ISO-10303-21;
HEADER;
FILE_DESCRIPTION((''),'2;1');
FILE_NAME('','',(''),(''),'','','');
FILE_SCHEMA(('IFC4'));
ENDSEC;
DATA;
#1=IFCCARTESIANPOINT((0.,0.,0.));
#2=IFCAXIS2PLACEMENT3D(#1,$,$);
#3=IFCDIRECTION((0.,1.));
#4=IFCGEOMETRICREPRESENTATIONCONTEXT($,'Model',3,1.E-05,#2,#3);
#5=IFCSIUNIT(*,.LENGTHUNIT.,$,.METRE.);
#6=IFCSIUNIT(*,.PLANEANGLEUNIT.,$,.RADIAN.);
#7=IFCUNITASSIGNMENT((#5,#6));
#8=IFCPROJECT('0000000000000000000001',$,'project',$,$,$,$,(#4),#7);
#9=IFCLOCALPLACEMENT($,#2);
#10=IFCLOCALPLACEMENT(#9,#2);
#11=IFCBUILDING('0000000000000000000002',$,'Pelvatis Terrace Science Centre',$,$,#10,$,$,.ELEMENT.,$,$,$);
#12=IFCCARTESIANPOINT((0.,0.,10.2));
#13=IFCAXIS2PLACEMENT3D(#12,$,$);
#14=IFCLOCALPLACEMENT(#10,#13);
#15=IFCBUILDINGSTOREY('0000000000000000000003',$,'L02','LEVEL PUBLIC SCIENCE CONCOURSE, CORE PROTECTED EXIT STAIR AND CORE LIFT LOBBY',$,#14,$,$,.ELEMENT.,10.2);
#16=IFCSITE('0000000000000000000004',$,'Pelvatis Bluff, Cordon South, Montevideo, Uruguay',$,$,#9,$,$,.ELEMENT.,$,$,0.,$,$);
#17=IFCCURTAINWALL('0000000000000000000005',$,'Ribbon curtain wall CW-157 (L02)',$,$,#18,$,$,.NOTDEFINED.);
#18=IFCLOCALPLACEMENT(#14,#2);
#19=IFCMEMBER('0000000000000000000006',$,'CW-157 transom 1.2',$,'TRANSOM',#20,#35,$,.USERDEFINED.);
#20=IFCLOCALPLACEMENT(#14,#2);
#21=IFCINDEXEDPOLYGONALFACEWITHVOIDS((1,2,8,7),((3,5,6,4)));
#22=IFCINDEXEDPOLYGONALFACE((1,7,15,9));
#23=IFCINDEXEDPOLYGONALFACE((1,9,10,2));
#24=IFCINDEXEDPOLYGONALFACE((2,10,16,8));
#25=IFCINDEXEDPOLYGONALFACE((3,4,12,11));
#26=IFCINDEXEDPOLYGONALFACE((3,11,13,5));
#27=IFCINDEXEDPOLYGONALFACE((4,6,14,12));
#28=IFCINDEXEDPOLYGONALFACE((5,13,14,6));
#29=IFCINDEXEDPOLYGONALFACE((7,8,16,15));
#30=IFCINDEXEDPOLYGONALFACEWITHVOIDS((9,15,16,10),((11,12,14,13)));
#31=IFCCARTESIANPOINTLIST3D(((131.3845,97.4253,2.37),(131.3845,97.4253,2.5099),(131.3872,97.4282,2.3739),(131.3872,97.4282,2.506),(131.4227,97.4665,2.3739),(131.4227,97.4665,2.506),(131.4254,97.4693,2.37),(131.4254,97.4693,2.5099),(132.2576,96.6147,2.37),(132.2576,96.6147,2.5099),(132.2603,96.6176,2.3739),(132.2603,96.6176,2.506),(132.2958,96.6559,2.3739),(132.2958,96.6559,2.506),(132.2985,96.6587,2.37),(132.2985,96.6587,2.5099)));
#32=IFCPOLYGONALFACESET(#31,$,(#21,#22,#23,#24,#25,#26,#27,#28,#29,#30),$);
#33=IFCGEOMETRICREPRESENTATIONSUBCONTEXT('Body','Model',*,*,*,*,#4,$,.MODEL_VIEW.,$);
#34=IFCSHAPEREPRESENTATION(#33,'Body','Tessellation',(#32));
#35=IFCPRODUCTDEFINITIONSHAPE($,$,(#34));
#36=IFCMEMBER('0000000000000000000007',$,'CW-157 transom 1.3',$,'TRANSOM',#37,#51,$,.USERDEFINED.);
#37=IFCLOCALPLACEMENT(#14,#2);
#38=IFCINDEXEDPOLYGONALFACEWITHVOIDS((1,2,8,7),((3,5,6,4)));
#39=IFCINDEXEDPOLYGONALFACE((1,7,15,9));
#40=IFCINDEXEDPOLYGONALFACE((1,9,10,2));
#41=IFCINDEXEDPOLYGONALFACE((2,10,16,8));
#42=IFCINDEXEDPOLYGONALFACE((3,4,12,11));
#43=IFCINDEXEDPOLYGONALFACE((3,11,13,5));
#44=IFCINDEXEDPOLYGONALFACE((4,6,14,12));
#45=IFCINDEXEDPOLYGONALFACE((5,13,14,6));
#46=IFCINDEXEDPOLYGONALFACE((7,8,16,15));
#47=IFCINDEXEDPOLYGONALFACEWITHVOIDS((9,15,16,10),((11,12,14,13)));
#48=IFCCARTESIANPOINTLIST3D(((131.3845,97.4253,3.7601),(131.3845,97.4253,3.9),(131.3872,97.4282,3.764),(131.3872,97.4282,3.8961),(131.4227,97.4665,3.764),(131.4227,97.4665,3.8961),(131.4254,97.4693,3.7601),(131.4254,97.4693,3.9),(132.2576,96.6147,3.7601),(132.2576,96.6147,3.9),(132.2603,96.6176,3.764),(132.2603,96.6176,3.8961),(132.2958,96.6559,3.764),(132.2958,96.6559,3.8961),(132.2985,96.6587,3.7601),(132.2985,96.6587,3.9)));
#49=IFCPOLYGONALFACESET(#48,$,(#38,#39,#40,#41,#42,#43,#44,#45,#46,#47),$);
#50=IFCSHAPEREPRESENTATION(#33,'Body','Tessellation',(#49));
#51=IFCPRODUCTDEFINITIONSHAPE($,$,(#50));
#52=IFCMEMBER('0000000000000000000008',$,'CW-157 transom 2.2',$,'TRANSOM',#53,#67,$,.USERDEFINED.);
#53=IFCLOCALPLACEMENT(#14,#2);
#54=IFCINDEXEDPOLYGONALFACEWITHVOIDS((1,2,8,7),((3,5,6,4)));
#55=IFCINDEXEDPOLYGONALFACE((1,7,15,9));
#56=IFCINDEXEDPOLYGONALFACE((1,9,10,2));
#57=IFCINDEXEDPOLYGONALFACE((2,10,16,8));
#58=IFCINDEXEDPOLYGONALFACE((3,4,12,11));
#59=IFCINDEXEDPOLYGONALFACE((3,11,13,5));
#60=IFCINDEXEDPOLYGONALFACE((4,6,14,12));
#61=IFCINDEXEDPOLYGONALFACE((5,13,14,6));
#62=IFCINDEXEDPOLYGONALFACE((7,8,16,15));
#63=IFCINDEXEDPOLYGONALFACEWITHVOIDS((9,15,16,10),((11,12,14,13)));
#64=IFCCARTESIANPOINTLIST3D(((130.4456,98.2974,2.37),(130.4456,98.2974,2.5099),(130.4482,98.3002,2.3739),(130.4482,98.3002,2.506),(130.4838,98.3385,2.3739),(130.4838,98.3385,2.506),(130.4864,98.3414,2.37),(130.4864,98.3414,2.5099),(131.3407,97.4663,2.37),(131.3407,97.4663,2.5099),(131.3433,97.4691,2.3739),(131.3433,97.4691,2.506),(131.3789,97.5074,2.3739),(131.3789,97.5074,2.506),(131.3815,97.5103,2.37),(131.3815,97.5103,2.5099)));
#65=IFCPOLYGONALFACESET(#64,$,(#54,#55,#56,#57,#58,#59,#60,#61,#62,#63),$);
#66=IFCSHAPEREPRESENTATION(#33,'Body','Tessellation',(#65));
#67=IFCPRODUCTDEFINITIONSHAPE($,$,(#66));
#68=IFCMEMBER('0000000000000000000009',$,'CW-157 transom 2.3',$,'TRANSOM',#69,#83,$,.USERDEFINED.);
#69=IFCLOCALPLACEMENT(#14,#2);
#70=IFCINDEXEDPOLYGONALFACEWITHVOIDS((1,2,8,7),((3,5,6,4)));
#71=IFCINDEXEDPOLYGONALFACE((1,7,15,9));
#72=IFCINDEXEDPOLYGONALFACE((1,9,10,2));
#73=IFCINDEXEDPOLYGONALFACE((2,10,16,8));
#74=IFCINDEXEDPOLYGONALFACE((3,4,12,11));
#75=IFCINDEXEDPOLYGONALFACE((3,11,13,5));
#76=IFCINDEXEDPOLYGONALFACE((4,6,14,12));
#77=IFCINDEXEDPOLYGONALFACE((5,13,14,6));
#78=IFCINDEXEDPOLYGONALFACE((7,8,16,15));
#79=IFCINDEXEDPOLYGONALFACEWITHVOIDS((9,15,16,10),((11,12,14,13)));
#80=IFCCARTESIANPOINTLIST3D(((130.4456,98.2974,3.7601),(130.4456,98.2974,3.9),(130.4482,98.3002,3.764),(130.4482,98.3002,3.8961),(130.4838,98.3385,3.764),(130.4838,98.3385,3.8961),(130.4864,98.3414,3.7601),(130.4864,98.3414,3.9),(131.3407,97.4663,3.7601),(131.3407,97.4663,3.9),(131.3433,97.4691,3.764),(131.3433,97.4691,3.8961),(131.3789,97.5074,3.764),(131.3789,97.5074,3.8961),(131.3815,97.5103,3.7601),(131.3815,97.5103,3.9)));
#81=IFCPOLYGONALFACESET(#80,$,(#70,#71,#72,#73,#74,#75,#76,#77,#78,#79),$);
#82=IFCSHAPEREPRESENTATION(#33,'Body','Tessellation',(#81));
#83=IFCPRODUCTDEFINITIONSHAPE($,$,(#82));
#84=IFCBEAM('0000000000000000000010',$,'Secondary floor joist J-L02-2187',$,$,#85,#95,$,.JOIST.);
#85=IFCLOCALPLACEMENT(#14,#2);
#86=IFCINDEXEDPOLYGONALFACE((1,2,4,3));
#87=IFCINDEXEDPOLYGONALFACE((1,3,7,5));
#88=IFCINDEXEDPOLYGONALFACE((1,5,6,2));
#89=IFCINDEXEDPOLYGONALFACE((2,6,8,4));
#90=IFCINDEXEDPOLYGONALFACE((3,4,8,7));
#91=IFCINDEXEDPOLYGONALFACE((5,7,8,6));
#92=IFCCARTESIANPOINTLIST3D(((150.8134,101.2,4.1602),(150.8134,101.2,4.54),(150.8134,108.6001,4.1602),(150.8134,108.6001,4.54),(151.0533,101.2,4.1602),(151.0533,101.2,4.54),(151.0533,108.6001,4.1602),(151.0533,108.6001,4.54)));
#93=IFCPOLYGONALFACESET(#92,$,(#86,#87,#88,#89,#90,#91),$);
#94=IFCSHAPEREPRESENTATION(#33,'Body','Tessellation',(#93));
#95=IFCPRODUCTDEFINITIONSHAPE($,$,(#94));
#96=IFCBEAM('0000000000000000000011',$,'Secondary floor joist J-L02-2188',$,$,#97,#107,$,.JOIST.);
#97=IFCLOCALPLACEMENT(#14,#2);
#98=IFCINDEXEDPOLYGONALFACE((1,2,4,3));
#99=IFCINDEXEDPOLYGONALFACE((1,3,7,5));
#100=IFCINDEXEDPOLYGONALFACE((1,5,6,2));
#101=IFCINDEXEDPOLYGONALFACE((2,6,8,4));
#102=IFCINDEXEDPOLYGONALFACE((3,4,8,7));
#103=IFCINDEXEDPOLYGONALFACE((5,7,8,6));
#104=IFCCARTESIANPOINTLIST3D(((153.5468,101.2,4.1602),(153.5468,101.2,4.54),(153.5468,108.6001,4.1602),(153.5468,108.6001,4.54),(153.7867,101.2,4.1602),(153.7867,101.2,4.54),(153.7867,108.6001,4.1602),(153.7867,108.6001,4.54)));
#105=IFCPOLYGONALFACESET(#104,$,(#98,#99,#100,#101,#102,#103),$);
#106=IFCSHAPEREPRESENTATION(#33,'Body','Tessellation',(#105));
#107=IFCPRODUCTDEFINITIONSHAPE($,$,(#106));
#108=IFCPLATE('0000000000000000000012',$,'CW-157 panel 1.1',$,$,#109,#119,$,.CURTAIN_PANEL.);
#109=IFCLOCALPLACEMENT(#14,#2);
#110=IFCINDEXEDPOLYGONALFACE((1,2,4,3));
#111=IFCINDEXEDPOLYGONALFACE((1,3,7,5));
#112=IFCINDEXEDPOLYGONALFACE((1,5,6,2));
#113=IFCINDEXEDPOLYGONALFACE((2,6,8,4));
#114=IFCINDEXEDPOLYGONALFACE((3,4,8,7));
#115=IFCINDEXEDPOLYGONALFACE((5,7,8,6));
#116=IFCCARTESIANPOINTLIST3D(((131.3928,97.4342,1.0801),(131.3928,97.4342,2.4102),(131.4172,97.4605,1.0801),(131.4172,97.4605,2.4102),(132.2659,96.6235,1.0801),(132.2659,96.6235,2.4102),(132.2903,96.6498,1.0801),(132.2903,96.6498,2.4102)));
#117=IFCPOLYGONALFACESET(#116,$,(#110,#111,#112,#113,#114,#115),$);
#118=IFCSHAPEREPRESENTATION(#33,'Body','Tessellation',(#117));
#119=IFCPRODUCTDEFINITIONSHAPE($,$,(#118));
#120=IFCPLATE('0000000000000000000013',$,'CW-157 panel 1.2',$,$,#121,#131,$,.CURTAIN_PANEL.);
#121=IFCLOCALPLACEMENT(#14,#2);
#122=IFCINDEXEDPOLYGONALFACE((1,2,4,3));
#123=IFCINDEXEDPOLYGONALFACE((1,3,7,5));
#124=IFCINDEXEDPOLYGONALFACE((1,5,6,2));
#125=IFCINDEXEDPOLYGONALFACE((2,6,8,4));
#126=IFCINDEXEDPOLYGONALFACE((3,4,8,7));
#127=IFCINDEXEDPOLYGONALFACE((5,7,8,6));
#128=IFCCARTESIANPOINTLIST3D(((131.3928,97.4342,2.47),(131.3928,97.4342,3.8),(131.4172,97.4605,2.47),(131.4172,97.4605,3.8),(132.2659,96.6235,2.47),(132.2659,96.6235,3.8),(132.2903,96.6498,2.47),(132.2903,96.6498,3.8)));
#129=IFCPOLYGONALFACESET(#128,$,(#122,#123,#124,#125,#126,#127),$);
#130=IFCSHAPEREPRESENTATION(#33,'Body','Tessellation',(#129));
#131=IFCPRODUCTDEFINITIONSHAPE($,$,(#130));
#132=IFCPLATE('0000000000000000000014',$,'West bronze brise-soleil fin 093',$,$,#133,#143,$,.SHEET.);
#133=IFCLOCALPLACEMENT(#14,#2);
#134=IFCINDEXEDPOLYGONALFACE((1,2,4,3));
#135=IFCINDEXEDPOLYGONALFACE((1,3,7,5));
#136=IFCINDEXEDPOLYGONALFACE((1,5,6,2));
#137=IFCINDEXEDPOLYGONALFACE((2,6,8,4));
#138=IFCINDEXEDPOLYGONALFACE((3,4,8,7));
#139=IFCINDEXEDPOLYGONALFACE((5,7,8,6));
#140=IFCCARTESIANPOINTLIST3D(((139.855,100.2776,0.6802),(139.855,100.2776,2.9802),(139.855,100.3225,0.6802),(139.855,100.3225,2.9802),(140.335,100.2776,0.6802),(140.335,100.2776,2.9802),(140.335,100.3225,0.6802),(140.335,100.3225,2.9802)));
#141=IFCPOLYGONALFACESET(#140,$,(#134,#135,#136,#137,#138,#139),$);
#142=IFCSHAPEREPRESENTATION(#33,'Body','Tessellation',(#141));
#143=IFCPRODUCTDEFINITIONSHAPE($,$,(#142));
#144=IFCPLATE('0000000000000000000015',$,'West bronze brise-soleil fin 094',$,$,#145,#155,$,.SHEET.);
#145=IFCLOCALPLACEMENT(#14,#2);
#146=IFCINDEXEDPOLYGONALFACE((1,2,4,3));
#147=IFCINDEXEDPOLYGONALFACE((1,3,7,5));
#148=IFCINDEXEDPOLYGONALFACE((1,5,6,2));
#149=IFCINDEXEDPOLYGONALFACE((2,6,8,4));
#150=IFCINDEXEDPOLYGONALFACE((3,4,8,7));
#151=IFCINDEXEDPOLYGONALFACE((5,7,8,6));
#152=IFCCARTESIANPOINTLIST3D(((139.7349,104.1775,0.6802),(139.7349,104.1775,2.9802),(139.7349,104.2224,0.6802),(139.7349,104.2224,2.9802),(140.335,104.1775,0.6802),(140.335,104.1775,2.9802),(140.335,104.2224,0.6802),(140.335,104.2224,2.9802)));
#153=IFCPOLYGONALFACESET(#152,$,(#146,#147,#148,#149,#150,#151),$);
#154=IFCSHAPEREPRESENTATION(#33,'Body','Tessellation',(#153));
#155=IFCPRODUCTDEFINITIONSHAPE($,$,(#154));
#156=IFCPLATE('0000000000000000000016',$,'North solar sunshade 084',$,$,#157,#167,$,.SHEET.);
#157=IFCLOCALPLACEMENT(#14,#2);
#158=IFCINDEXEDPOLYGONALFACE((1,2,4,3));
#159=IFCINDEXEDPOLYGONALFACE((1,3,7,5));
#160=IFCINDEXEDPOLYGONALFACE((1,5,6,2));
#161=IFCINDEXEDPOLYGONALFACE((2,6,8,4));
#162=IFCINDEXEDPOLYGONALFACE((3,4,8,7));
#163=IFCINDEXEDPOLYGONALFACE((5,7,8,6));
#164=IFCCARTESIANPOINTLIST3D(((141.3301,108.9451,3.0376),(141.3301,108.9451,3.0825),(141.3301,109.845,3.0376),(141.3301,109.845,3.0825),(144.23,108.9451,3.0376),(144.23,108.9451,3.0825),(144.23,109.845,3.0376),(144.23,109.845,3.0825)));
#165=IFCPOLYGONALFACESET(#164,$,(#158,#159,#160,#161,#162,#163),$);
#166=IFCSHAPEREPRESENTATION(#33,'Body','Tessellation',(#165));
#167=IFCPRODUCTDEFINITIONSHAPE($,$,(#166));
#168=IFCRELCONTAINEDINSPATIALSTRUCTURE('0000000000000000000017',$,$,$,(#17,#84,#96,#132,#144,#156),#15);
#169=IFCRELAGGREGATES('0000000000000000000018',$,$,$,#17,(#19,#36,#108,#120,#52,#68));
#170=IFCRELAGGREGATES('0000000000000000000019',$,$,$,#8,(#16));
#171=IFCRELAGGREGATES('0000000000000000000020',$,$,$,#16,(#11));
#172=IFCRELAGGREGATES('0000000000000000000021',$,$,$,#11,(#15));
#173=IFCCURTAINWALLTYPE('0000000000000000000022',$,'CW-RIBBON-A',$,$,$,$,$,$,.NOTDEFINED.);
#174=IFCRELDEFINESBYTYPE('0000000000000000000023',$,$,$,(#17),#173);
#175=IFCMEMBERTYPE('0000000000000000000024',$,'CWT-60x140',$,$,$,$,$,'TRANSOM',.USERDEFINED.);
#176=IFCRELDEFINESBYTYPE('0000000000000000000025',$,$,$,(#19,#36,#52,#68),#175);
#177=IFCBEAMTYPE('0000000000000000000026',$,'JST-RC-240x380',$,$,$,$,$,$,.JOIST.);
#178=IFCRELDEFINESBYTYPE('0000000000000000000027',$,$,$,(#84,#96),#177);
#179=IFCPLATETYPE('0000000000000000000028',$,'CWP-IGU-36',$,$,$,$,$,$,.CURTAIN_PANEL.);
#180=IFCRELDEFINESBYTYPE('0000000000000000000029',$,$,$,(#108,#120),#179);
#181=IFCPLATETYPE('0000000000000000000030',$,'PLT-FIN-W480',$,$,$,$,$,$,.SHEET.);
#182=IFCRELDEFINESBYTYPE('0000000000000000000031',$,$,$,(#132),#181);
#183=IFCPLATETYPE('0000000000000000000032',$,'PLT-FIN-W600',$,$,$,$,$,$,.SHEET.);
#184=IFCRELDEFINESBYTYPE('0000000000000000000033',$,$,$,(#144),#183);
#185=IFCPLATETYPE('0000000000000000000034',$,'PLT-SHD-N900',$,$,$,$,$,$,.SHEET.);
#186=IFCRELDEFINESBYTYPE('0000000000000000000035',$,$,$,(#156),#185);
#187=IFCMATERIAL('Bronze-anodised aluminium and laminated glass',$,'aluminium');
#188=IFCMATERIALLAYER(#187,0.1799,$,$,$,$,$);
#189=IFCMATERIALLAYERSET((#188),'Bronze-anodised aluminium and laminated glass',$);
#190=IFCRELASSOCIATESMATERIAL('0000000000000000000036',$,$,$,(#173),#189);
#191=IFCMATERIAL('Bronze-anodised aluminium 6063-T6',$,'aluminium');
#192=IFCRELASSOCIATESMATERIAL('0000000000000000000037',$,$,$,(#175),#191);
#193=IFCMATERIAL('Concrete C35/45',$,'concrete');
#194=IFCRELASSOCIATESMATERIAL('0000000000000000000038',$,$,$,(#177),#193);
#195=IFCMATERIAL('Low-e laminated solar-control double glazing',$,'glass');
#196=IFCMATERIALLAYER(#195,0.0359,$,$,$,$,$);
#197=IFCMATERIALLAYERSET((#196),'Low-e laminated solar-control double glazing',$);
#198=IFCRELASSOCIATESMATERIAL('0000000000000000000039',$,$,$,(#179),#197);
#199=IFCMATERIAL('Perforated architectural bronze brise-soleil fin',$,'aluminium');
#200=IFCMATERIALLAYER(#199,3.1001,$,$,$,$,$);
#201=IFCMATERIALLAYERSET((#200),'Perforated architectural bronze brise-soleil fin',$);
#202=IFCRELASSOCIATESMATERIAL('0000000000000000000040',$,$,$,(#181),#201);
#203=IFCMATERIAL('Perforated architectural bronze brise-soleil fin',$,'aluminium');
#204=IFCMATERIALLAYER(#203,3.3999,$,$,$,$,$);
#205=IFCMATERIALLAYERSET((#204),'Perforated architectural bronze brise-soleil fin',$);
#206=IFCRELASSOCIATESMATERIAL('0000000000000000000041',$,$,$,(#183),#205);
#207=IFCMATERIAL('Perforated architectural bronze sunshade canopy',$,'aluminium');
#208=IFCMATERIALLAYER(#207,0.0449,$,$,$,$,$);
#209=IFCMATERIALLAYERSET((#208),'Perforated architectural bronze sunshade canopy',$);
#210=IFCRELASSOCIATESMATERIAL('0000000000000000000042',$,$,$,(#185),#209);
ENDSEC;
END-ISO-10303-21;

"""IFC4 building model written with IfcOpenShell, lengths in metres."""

from ifc_helpers import new_model, si_unit, direction, frame, origin, origin_2d, place, context, subcontext, project, spatial, rectangle, hollow_rectangle, extrude, material, layer, layer_set, material_profile, profile_set, type_object, element, aggregate, save


model = new_model("IFC4")

# Units and contexts
model_context = context("Model", 3, precision=1e-05, world=origin(), true_north=direction((0.0, 1.0)))
body_context = subcontext(model_context, "Body", "Model", "MODEL_VIEW")
ifc_project = project(units=[si_unit("LENGTHUNIT", "METRE"), si_unit("PLANEANGLEUNIT", "RADIAN")], contexts=[model_context])

# Site, building, storey
site_placement = place(None, origin())
site = spatial("IfcSite", under=ifc_project, at=site_placement, Name="Pelvatis Bluff, Cordon South, Montevideo, Uruguay", CompositionType="ELEMENT", RefElevation=0.0)
building_placement = place(site_placement, origin())
building = spatial("IfcBuilding", under=site, at=building_placement, Name="Pelvatis Terrace Science Centre", CompositionType="ELEMENT")
storey_placement = place(building_placement, frame((0.0, 0.0, 10.2)))
storey = spatial("IfcBuildingStorey", under=building, at=storey_placement, Name="L02", Description="LEVEL PUBLIC SCIENCE CONCOURSE, CORE PROTECTED EXIT STAIR AND CORE LIFT LOBBY", CompositionType="ELEMENT", Elevation=10.2)

# Shared definitions
ifc_material_1 = material(Name="Bronze-anodised aluminium and laminated glass", Category="aluminium")
ifc_layer_1 = layer(ifc_material_1, 0.1799)
ifc_layer_set_1 = layer_set([ifc_layer_1], Name="Bronze-anodised aluminium and laminated glass")
curtain_wall_type = type_object("IfcCurtainWallType", Name="CW-RIBBON-A", PredefinedType="NOTDEFINED", material=ifc_layer_set_1)

# Curtain wall, members
curtain_wall_1_placement = place(storey_placement, origin())
curtain_wall_1 = element("IfcCurtainWall", 1, at=curtain_wall_1_placement, inside=storey, type_object=curtain_wall_type, Name="Ribbon curtain wall CW-157 (L02)", PredefinedType="NOTDEFINED")
ifc_material_2 = material(Name="Bronze-anodised aluminium 6063-T6", Category="aluminium")
ifc_material_profile_1 = material_profile(ifc_material_2, hollow_rectangle(XDim=0.0601, YDim=0.1399, WallThickness=0.0039, at=origin_2d()), Name="ALU-TRN 60x140")
ifc_profile_set_1 = profile_set([ifc_material_profile_1], Name="Bronze-anodised aluminium 6063-T6")
member_type_1 = type_object("IfcMemberType", Name="CWT-60x140", ElementType="TRANSOM", PredefinedType="USERDEFINED", material=ifc_profile_set_1)
member_1_placement = place(storey_placement, frame((132.2781, 96.6367, 2.4399), z_axis=(-0.732852, 0.680388, 0.0), x_axis=(-0.680388, -0.732852, 0.0)))
member_1 = element("IfcMember", 2, at=member_1_placement, type_object=member_type_1, Name="CW-157 transom 1.2", ObjectType="TRANSOM", PredefinedType="USERDEFINED", context=body_context, shape_type="SweptSolid", body=[
    extrude(hollow_rectangle(XDim=0.0601, YDim=0.1399, WallThickness=0.0039, at=origin_2d()), origin(), (0.0, 0.0, 1.0), 1.1914),
])
member_2_placement = place(storey_placement, frame((132.2781, 96.6367, 3.8301), z_axis=(-0.732852, 0.680388, 0.0), x_axis=(-0.680388, -0.732852, 0.0)))
member_2 = element("IfcMember", 3, at=member_2_placement, type_object=member_type_1, Name="CW-157 transom 1.3", ObjectType="TRANSOM", PredefinedType="USERDEFINED", context=body_context, shape_type="SweptSolid", body=[
    extrude(hollow_rectangle(XDim=0.0601, YDim=0.1399, WallThickness=0.0039, at=origin_2d()), origin(), (0.0, 0.0, 1.0), 1.1914),
])
member_3_placement = place(storey_placement, frame((131.3611, 97.4883, 2.4399), z_axis=(-0.732808, 0.680436, 0.0), x_axis=(-0.680436, -0.732808, 0.0)))
member_3 = element("IfcMember", 4, at=member_3_placement, type_object=member_type_1, Name="CW-157 transom 2.2", ObjectType="TRANSOM", PredefinedType="USERDEFINED", context=body_context, shape_type="SweptSolid", body=[
    extrude(hollow_rectangle(XDim=0.0601, YDim=0.1399, WallThickness=0.0039, at=origin_2d()), origin(), (0.0, 0.0, 1.0), 1.2214),
])
member_4_placement = place(storey_placement, frame((131.3611, 97.4883, 3.8301), z_axis=(-0.732808, 0.680436, 0.0), x_axis=(-0.680436, -0.732808, 0.0)))
member_4 = element("IfcMember", 5, at=member_4_placement, type_object=member_type_1, Name="CW-157 transom 2.3", ObjectType="TRANSOM", PredefinedType="USERDEFINED", context=body_context, shape_type="SweptSolid", body=[
    extrude(hollow_rectangle(XDim=0.0601, YDim=0.1399, WallThickness=0.0039, at=origin_2d()), origin(), (0.0, 0.0, 1.0), 1.2214),
])

# Beams
ifc_material_3 = material(Name="Concrete C35/45", Category="concrete")
ifc_material_profile_2 = material_profile(ifc_material_3, rectangle(XDim=0.24, YDim=0.3799, at=origin_2d()), Name="RC-JST 240x380")
ifc_profile_set_2 = profile_set([ifc_material_profile_2], Name="Concrete C35/45")
beam_type_1 = type_object("IfcBeamType", Name="JST-RC-240x380", PredefinedType="JOIST", material=ifc_profile_set_2)
for number, where, z_axis, x_axis, name in (
    (6, (150.9333, 101.2, 4.3501), (0.0, 1.0, 0.0), (-1.0, 0.0, 0.0), "Secondary floor joist J-L02-2187"),
    (7, (153.6667, 101.2, 4.3501), (0.0, 1.0, 0.0), (-1.0, 0.0, 0.0), "Secondary floor joist J-L02-2188"),
):
    element("IfcBeam", number, at=place(storey_placement, frame(where, z_axis=z_axis, x_axis=x_axis)), inside=storey, type_object=beam_type_1, Name=name, PredefinedType="JOIST", context=body_context, shape_type="SweptSolid", body=[
        extrude(rectangle(XDim=0.24, YDim=0.3799, at=origin_2d()), origin(), (0.0, 0.0, 1.0), 7.4001),
    ])

# Plates
ifc_material_4 = material(Name="Low-e laminated solar-control double glazing", Category="glass")
ifc_layer_2 = layer(ifc_material_4, 0.0359)
ifc_layer_set_2 = layer_set([ifc_layer_2], Name="Low-e laminated solar-control double glazing")
plate_type_1 = type_object("IfcPlateType", Name="CWP-IGU-36", PredefinedType="CURTAIN_PANEL", material=ifc_layer_set_2)
plate_1_placement = place(storey_placement, frame((131.8416, 97.042, 1.0801), z_axis=(0.0, 0.0, 1.0), x_axis=(-0.732776, 0.68047, 0.0)))
plate_1 = element("IfcPlate", 8, at=plate_1_placement, type_object=plate_type_1, Name="CW-157 panel 1.1", PredefinedType="CURTAIN_PANEL", context=body_context, shape_type="SweptSolid", body=[
    extrude(rectangle(XDim=1.1914, YDim=0.0359, at=origin_2d()), origin(), (0.0, 0.0, 1.0), 1.3301),
])
plate_2_placement = place(storey_placement, frame((131.8416, 97.042, 2.47), z_axis=(0.0, 0.0, 1.0), x_axis=(-0.732776, 0.68047, 0.0)))
plate_2 = element("IfcPlate", 9, at=plate_2_placement, type_object=plate_type_1, Name="CW-157 panel 1.2", PredefinedType="CURTAIN_PANEL", context=body_context, shape_type="SweptSolid", body=[
    extrude(rectangle(XDim=1.1914, YDim=0.0359, at=origin_2d()), origin(), (0.0, 0.0, 1.0), 1.3301),
])
aggregate(curtain_wall_1, [member_1, member_2, plate_1, plate_2, member_3, member_4])

# Plates
ifc_material_5 = material(Name="Perforated architectural bronze brise-soleil fin", Category="aluminium")
ifc_layer_3 = layer(ifc_material_5, 3.1001)
ifc_layer_set_3 = layer_set([ifc_layer_3], Name="Perforated architectural bronze brise-soleil fin")
plate_type_2 = type_object("IfcPlateType", Name="PLT-FIN-W480", PredefinedType="SHEET", material=ifc_layer_set_3)
plate_3_placement = place(storey_placement, frame((140.095, 100.3, 0.6802), z_axis=(0.0, 0.0, 1.0), x_axis=(1.0, 0.0, 0.0)))
element("IfcPlate", 10, at=plate_3_placement, inside=storey, type_object=plate_type_2, Name="West bronze brise-soleil fin 093", PredefinedType="SHEET", context=body_context, shape_type="SweptSolid", body=[
    extrude(rectangle(XDim=0.48, YDim=0.0449, at=origin_2d()), origin(), (0.0, 0.0, 1.0), 2.3),
])
ifc_material_6 = material(Name="Perforated architectural bronze brise-soleil fin", Category="aluminium")
ifc_layer_4 = layer(ifc_material_6, 3.3999)
ifc_layer_set_4 = layer_set([ifc_layer_4], Name="Perforated architectural bronze brise-soleil fin")
plate_type_3 = type_object("IfcPlateType", Name="PLT-FIN-W600", PredefinedType="SHEET", material=ifc_layer_set_4)
plate_4_placement = place(storey_placement, frame((140.0349, 104.2, 0.6802), z_axis=(0.0, 0.0, 1.0), x_axis=(1.0, 0.0, 0.0)))
element("IfcPlate", 11, at=plate_4_placement, inside=storey, type_object=plate_type_3, Name="West bronze brise-soleil fin 094", PredefinedType="SHEET", context=body_context, shape_type="SweptSolid", body=[
    extrude(rectangle(XDim=0.6001, YDim=0.0449, at=origin_2d()), origin(), (0.0, 0.0, 1.0), 2.3),
])
ifc_material_7 = material(Name="Perforated architectural bronze sunshade canopy", Category="aluminium")
ifc_layer_5 = layer(ifc_material_7, 0.0449)
ifc_layer_set_5 = layer_set([ifc_layer_5], Name="Perforated architectural bronze sunshade canopy")
plate_type_4 = type_object("IfcPlateType", Name="PLT-SHD-N900", PredefinedType="SHEET", material=ifc_layer_set_5)
plate_5_placement = place(storey_placement, frame((142.78, 109.395, 3.0376), z_axis=(0.0, 0.0, 1.0), x_axis=(1.0, 0.0, 0.0)))
element("IfcPlate", 12, at=plate_5_placement, inside=storey, type_object=plate_type_4, Name="North solar sunshade 084", PredefinedType="SHEET", context=body_context, shape_type="SweptSolid", body=[
    extrude(rectangle(XDim=2.8999, YDim=0.8999, at=origin_2d()), origin(), (0.0, 0.0, 1.0), 0.0449),
])

save(model, "model.ifc")
